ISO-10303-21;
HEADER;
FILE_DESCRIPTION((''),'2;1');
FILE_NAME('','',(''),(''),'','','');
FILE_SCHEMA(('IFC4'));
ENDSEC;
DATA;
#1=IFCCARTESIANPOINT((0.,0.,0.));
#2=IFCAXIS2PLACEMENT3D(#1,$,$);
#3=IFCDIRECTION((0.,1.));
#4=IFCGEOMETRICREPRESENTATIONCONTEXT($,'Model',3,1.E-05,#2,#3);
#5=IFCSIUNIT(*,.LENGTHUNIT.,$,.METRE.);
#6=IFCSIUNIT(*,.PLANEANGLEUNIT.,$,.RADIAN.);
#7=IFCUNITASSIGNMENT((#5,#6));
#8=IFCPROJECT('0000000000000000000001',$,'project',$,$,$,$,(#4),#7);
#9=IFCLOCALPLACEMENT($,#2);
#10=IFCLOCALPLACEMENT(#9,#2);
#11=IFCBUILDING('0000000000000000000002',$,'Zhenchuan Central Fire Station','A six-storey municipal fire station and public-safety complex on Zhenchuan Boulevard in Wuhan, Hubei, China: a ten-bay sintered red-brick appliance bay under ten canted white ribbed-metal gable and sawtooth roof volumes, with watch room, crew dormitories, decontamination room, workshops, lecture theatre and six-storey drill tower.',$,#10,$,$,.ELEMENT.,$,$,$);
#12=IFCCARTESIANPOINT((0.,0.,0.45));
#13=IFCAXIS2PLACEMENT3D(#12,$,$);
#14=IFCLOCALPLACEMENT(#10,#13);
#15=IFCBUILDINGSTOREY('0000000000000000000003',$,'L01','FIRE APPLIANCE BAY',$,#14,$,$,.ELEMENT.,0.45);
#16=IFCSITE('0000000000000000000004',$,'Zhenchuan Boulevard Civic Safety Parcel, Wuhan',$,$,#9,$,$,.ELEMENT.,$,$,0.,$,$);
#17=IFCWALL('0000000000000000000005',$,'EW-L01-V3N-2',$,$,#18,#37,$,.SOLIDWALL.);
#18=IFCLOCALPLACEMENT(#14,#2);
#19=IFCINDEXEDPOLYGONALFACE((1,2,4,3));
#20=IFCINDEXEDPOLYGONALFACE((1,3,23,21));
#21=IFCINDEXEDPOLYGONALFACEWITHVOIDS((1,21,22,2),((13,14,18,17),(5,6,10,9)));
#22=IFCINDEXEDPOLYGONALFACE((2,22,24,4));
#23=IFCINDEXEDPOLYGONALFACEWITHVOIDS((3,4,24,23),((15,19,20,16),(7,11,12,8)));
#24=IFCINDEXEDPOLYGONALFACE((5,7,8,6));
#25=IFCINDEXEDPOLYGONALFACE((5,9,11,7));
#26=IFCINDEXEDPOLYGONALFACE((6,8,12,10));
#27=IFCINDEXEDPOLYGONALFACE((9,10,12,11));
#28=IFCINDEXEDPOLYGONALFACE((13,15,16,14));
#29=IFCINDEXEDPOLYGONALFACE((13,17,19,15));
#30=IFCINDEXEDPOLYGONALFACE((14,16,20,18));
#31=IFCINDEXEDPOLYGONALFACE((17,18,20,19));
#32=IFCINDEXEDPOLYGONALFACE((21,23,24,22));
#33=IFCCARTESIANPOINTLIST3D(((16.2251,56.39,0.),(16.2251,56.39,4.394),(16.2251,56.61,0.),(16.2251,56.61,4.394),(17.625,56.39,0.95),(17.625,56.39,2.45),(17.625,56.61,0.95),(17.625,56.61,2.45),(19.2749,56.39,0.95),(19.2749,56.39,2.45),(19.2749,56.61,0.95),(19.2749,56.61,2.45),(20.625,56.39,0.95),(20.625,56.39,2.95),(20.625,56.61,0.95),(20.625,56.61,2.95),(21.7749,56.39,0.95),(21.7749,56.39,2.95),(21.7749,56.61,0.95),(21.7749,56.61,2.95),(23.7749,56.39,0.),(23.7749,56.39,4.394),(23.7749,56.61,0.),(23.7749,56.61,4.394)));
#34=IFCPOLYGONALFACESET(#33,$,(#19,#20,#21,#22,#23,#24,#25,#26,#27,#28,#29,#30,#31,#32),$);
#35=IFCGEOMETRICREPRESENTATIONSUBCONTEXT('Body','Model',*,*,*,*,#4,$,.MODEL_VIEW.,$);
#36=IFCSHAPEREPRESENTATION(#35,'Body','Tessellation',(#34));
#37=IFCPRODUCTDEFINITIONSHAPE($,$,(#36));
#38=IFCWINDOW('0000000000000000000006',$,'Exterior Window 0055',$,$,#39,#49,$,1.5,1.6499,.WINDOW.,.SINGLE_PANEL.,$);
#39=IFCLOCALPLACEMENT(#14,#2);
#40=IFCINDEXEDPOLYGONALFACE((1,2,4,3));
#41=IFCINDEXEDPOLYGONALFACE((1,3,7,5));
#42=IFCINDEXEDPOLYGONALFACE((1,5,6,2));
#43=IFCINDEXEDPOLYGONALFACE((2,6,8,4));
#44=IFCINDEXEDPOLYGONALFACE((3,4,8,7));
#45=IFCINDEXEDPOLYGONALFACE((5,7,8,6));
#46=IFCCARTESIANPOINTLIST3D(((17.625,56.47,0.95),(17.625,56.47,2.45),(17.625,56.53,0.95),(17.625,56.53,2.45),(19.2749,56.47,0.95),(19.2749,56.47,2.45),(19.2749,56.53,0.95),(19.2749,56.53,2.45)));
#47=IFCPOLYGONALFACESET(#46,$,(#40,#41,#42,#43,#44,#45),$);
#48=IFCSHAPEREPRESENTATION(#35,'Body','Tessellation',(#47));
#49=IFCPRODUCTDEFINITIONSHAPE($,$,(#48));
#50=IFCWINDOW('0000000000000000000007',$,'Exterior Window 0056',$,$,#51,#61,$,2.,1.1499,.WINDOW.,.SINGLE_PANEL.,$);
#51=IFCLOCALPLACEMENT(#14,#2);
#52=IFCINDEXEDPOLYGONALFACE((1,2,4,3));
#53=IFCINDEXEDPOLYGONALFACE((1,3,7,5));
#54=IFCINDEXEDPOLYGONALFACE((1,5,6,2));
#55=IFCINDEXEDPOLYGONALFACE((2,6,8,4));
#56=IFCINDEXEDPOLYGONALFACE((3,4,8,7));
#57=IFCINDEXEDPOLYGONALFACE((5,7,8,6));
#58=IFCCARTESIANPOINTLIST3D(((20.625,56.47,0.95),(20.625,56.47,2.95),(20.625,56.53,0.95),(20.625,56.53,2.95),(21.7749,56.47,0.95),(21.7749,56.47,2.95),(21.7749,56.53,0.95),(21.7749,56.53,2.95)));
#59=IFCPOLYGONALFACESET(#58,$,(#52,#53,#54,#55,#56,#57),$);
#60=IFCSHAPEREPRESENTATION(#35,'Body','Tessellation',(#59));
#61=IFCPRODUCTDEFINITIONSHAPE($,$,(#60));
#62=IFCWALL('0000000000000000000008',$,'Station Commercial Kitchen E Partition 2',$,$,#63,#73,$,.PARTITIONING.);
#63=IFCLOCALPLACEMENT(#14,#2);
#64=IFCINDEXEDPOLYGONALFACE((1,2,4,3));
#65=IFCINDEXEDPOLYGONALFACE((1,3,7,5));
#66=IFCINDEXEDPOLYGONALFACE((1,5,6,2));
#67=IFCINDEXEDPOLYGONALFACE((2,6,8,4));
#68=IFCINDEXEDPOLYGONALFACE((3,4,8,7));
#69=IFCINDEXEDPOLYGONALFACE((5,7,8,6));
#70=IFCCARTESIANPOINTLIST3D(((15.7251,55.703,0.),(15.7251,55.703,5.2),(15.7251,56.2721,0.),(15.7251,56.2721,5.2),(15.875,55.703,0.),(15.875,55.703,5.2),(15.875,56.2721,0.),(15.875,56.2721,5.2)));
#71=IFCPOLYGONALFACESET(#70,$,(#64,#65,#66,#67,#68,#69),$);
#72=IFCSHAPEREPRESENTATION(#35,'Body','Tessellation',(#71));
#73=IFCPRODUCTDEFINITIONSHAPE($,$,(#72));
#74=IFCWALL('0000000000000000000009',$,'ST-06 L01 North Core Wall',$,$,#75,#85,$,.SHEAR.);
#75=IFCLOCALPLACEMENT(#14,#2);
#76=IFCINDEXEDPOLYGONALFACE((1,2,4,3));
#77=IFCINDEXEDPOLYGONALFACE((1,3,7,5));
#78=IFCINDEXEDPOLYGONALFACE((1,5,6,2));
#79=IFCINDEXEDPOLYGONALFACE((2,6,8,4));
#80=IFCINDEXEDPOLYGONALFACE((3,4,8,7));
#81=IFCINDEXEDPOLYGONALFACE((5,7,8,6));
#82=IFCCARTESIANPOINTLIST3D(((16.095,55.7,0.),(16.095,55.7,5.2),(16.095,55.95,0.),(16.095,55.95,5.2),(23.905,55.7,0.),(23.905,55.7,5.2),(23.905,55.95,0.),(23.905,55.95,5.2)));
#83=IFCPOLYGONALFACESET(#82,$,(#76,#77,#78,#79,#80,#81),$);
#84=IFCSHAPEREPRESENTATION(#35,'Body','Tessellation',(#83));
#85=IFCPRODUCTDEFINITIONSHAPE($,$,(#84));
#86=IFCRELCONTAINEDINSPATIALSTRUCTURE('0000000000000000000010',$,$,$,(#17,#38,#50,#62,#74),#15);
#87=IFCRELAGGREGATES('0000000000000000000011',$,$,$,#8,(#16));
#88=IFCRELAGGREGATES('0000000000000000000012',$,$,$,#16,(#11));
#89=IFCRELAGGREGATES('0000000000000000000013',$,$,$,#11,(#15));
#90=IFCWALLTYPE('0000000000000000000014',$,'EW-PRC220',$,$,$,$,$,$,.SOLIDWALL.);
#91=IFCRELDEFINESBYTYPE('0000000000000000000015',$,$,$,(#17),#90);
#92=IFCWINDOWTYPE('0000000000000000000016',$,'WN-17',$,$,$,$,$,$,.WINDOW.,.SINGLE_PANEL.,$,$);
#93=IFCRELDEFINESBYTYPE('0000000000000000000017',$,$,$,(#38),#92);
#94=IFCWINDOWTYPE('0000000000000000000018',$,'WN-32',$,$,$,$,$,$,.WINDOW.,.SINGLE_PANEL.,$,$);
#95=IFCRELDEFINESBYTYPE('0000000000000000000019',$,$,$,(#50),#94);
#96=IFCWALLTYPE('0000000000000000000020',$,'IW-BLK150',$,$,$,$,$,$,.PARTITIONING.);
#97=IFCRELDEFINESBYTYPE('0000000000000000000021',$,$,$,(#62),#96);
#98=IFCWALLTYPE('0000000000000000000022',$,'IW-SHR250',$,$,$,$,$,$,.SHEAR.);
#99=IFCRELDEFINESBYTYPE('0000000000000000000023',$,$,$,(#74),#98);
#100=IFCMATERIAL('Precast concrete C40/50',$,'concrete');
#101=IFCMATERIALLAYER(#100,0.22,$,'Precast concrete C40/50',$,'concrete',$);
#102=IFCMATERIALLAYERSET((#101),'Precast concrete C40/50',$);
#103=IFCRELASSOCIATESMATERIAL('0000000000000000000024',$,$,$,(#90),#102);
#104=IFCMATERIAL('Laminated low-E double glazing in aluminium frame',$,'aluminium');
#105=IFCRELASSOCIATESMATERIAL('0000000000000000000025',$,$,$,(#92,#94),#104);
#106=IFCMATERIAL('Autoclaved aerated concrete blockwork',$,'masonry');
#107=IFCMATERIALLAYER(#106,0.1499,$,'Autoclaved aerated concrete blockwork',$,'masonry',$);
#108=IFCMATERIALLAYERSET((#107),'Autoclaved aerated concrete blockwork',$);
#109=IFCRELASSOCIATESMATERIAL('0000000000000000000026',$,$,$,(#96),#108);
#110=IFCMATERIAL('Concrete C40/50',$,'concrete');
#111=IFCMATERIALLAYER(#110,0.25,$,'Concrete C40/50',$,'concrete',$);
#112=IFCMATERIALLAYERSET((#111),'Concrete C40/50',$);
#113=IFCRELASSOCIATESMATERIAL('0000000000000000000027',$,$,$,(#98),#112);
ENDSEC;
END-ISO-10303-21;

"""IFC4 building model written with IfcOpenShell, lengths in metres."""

from ifc_helpers import new_model, si_unit, direction, frame, frame_2d, origin, place, context, subcontext, project, spatial, rectangle, extrude, material, layer, layer_set, type_object, element, fill, save


model = new_model("IFC4")

# Units and contexts
model_context = context("Model", 3, precision=1e-05, world=origin(), true_north=direction((0.0, 1.0)))
body_context = subcontext(model_context, "Body", "Model", "MODEL_VIEW")
ifc_project = project(units=[si_unit("LENGTHUNIT", "METRE"), si_unit("PLANEANGLEUNIT", "RADIAN")], contexts=[model_context])

# Site, building, storey
site_placement = place(None, origin())
site = spatial("IfcSite", under=ifc_project, at=site_placement, Name="Zhenchuan Boulevard Civic Safety Parcel, Wuhan", CompositionType="ELEMENT", RefElevation=0.0)
building_placement = place(site_placement, origin())
building = spatial("IfcBuilding", under=site, at=building_placement, Name="Zhenchuan Central Fire Station", Description="A six-storey municipal fire station and public-safety complex on Zhenchuan Boulevard in Wuhan, Hubei, China: a ten-bay sintered red-brick appliance bay under ten canted white ribbed-metal gable and sawtooth roof volumes, with watch room, crew dormitories, decontamination room, workshops, lecture theatre and six-storey drill tower.", CompositionType="ELEMENT")
storey_placement = place(building_placement, frame((0.0, 0.0, 0.45)))
storey = spatial("IfcBuildingStorey", under=building, at=storey_placement, Name="L01", Description="FIRE APPLIANCE BAY", CompositionType="ELEMENT", Elevation=0.45)

# Shared definitions
ifc_material_1 = material(Name="Concrete C40/50", Category="concrete")

# Wall, openings, windows
ifc_material_2 = material(Name="Precast concrete C40/50", Category="concrete")
ifc_layer_1 = layer(ifc_material_2, 0.22, Name="Precast concrete C40/50", Category="concrete")
ifc_layer_set_1 = layer_set([ifc_layer_1], Name="Precast concrete C40/50")
wall_type_1 = type_object("IfcWallType", Name="EW-PRC220", PredefinedType="SOLIDWALL", material=ifc_layer_set_1)
wall_1_placement = place(storey_placement, frame((16.2251, 56.5, 0.0), z_axis=(0.0, 0.0, 1.0), x_axis=(1.0, 0.0, 0.0)))
wall_1 = element("IfcWall", 1, at=wall_1_placement, inside=storey, type_object=wall_type_1, Name="EW-L01-V3N-2", PredefinedType="SOLIDWALL", context=body_context, shape_type="SweptSolid", body=[
    extrude(rectangle(XDim=7.5498, YDim=0.22, at=frame_2d((3.7749, 0.0))), origin(), (0.0, 0.0, 1.0), 4.394),
])
opening_1_placement = place(wall_1_placement, frame((1.3999, 0.0, 0.95)))
opening_1 = element("IfcOpeningElement", 2, at=opening_1_placement, cuts=wall_1, PredefinedType="OPENING", context=body_context, shape_type="SweptSolid", body=[
    extrude(rectangle(XDim=1.6499, YDim=1.5, at=frame_2d((0.825, 0.75))), frame((0.0, 0.1199, 0.0), z_axis=(0.0, -1.0, 0.0), x_axis=(1.0, 0.0, 0.0)), (0.0, 0.0, 1.0), 0.24),
])
opening_2_placement = place(wall_1_placement, frame((4.3999, 0.0, 0.95)))
opening_2 = element("IfcOpeningElement", 3, at=opening_2_placement, cuts=wall_1, PredefinedType="OPENING", context=body_context, shape_type="SweptSolid", body=[
    extrude(rectangle(XDim=1.1499, YDim=2.0, at=frame_2d((0.575, 1.0))), frame((0.0, 0.1199, 0.0), z_axis=(0.0, -1.0, 0.0), x_axis=(1.0, 0.0, 0.0)), (0.0, 0.0, 1.0), 0.24),
])
ifc_material_3 = material(Name="Laminated low-E double glazing in aluminium frame", Category="aluminium")
window_type_1 = type_object("IfcWindowType", Name="WN-17", PartitioningType="SINGLE_PANEL", PredefinedType="WINDOW", material=ifc_material_3)
window_1_placement = place(opening_1_placement, origin())
window_1 = element("IfcWindow", 4, at=window_1_placement, inside=storey, type_object=window_type_1, Name="Exterior Window 0055", OverallHeight=1.5, OverallWidth=1.6499, PartitioningType="SINGLE_PANEL", PredefinedType="WINDOW", context=body_context, shape_type="SweptSolid", body=[
    extrude(rectangle(XDim=1.6499, YDim=1.5, at=frame_2d((0.825, 0.75))), frame((0.0, 0.03, 0.0), z_axis=(0.0, -1.0, 0.0), x_axis=(1.0, 0.0, 0.0)), (0.0, 0.0, 1.0), 0.0601),
])
fill(opening_1, window_1)
window_type_2 = type_object("IfcWindowType", Name="WN-32", PartitioningType="SINGLE_PANEL", PredefinedType="WINDOW", material=ifc_material_3)
window_2_placement = place(opening_2_placement, origin())
window_2 = element("IfcWindow", 5, at=window_2_placement, inside=storey, type_object=window_type_2, Name="Exterior Window 0056", OverallHeight=2.0, OverallWidth=1.1499, PartitioningType="SINGLE_PANEL", PredefinedType="WINDOW", context=body_context, shape_type="SweptSolid", body=[
    extrude(rectangle(XDim=1.1499, YDim=2.0, at=frame_2d((0.575, 1.0))), frame((0.0, 0.03, 0.0), z_axis=(0.0, -1.0, 0.0), x_axis=(1.0, 0.0, 0.0)), (0.0, 0.0, 1.0), 0.0601),
])
fill(opening_2, window_2)

# Walls
ifc_material_4 = material(Name="Autoclaved aerated concrete blockwork", Category="masonry")
ifc_layer_2 = layer(ifc_material_4, 0.1499, Name="Autoclaved aerated concrete blockwork", Category="masonry")
ifc_layer_set_2 = layer_set([ifc_layer_2], Name="Autoclaved aerated concrete blockwork")
wall_type_2 = type_object("IfcWallType", Name="IW-BLK150", PredefinedType="PARTITIONING", material=ifc_layer_set_2)
wall_2_placement = place(storey_placement, frame((15.8, 55.7029, 0.0), z_axis=(0.0, 0.0, 1.0), x_axis=(0.0, 1.0, 0.0)))
element("IfcWall", 6, at=wall_2_placement, inside=storey, type_object=wall_type_2, Name="Station Commercial Kitchen E Partition 2", PredefinedType="PARTITIONING", context=body_context, shape_type="SweptSolid", body=[
    extrude(rectangle(XDim=0.5691, YDim=0.1499, at=frame_2d((0.2847, 0.0))), origin(), (0.0, 0.0, 1.0), 5.2),
])
ifc_layer_3 = layer(ifc_material_1, 0.25, Name="Concrete C40/50", Category="concrete")
ifc_layer_set_3 = layer_set([ifc_layer_3], Name="Concrete C40/50")
wall_type_3 = type_object("IfcWallType", Name="IW-SHR250", PredefinedType="SHEAR", material=ifc_layer_set_3)
wall_3_placement = place(storey_placement, frame((16.095, 55.825, 0.0), z_axis=(0.0, 0.0, 1.0), x_axis=(1.0, 0.0, 0.0)))
element("IfcWall", 7, at=wall_3_placement, inside=storey, type_object=wall_type_3, Name="ST-06 L01 North Core Wall", PredefinedType="SHEAR", context=body_context, shape_type="SweptSolid", body=[
    extrude(rectangle(XDim=7.8101, YDim=0.25, at=frame_2d((3.905, 0.0))), origin(), (0.0, 0.0, 1.0), 5.2),
])

save(model, "model.ifc")
